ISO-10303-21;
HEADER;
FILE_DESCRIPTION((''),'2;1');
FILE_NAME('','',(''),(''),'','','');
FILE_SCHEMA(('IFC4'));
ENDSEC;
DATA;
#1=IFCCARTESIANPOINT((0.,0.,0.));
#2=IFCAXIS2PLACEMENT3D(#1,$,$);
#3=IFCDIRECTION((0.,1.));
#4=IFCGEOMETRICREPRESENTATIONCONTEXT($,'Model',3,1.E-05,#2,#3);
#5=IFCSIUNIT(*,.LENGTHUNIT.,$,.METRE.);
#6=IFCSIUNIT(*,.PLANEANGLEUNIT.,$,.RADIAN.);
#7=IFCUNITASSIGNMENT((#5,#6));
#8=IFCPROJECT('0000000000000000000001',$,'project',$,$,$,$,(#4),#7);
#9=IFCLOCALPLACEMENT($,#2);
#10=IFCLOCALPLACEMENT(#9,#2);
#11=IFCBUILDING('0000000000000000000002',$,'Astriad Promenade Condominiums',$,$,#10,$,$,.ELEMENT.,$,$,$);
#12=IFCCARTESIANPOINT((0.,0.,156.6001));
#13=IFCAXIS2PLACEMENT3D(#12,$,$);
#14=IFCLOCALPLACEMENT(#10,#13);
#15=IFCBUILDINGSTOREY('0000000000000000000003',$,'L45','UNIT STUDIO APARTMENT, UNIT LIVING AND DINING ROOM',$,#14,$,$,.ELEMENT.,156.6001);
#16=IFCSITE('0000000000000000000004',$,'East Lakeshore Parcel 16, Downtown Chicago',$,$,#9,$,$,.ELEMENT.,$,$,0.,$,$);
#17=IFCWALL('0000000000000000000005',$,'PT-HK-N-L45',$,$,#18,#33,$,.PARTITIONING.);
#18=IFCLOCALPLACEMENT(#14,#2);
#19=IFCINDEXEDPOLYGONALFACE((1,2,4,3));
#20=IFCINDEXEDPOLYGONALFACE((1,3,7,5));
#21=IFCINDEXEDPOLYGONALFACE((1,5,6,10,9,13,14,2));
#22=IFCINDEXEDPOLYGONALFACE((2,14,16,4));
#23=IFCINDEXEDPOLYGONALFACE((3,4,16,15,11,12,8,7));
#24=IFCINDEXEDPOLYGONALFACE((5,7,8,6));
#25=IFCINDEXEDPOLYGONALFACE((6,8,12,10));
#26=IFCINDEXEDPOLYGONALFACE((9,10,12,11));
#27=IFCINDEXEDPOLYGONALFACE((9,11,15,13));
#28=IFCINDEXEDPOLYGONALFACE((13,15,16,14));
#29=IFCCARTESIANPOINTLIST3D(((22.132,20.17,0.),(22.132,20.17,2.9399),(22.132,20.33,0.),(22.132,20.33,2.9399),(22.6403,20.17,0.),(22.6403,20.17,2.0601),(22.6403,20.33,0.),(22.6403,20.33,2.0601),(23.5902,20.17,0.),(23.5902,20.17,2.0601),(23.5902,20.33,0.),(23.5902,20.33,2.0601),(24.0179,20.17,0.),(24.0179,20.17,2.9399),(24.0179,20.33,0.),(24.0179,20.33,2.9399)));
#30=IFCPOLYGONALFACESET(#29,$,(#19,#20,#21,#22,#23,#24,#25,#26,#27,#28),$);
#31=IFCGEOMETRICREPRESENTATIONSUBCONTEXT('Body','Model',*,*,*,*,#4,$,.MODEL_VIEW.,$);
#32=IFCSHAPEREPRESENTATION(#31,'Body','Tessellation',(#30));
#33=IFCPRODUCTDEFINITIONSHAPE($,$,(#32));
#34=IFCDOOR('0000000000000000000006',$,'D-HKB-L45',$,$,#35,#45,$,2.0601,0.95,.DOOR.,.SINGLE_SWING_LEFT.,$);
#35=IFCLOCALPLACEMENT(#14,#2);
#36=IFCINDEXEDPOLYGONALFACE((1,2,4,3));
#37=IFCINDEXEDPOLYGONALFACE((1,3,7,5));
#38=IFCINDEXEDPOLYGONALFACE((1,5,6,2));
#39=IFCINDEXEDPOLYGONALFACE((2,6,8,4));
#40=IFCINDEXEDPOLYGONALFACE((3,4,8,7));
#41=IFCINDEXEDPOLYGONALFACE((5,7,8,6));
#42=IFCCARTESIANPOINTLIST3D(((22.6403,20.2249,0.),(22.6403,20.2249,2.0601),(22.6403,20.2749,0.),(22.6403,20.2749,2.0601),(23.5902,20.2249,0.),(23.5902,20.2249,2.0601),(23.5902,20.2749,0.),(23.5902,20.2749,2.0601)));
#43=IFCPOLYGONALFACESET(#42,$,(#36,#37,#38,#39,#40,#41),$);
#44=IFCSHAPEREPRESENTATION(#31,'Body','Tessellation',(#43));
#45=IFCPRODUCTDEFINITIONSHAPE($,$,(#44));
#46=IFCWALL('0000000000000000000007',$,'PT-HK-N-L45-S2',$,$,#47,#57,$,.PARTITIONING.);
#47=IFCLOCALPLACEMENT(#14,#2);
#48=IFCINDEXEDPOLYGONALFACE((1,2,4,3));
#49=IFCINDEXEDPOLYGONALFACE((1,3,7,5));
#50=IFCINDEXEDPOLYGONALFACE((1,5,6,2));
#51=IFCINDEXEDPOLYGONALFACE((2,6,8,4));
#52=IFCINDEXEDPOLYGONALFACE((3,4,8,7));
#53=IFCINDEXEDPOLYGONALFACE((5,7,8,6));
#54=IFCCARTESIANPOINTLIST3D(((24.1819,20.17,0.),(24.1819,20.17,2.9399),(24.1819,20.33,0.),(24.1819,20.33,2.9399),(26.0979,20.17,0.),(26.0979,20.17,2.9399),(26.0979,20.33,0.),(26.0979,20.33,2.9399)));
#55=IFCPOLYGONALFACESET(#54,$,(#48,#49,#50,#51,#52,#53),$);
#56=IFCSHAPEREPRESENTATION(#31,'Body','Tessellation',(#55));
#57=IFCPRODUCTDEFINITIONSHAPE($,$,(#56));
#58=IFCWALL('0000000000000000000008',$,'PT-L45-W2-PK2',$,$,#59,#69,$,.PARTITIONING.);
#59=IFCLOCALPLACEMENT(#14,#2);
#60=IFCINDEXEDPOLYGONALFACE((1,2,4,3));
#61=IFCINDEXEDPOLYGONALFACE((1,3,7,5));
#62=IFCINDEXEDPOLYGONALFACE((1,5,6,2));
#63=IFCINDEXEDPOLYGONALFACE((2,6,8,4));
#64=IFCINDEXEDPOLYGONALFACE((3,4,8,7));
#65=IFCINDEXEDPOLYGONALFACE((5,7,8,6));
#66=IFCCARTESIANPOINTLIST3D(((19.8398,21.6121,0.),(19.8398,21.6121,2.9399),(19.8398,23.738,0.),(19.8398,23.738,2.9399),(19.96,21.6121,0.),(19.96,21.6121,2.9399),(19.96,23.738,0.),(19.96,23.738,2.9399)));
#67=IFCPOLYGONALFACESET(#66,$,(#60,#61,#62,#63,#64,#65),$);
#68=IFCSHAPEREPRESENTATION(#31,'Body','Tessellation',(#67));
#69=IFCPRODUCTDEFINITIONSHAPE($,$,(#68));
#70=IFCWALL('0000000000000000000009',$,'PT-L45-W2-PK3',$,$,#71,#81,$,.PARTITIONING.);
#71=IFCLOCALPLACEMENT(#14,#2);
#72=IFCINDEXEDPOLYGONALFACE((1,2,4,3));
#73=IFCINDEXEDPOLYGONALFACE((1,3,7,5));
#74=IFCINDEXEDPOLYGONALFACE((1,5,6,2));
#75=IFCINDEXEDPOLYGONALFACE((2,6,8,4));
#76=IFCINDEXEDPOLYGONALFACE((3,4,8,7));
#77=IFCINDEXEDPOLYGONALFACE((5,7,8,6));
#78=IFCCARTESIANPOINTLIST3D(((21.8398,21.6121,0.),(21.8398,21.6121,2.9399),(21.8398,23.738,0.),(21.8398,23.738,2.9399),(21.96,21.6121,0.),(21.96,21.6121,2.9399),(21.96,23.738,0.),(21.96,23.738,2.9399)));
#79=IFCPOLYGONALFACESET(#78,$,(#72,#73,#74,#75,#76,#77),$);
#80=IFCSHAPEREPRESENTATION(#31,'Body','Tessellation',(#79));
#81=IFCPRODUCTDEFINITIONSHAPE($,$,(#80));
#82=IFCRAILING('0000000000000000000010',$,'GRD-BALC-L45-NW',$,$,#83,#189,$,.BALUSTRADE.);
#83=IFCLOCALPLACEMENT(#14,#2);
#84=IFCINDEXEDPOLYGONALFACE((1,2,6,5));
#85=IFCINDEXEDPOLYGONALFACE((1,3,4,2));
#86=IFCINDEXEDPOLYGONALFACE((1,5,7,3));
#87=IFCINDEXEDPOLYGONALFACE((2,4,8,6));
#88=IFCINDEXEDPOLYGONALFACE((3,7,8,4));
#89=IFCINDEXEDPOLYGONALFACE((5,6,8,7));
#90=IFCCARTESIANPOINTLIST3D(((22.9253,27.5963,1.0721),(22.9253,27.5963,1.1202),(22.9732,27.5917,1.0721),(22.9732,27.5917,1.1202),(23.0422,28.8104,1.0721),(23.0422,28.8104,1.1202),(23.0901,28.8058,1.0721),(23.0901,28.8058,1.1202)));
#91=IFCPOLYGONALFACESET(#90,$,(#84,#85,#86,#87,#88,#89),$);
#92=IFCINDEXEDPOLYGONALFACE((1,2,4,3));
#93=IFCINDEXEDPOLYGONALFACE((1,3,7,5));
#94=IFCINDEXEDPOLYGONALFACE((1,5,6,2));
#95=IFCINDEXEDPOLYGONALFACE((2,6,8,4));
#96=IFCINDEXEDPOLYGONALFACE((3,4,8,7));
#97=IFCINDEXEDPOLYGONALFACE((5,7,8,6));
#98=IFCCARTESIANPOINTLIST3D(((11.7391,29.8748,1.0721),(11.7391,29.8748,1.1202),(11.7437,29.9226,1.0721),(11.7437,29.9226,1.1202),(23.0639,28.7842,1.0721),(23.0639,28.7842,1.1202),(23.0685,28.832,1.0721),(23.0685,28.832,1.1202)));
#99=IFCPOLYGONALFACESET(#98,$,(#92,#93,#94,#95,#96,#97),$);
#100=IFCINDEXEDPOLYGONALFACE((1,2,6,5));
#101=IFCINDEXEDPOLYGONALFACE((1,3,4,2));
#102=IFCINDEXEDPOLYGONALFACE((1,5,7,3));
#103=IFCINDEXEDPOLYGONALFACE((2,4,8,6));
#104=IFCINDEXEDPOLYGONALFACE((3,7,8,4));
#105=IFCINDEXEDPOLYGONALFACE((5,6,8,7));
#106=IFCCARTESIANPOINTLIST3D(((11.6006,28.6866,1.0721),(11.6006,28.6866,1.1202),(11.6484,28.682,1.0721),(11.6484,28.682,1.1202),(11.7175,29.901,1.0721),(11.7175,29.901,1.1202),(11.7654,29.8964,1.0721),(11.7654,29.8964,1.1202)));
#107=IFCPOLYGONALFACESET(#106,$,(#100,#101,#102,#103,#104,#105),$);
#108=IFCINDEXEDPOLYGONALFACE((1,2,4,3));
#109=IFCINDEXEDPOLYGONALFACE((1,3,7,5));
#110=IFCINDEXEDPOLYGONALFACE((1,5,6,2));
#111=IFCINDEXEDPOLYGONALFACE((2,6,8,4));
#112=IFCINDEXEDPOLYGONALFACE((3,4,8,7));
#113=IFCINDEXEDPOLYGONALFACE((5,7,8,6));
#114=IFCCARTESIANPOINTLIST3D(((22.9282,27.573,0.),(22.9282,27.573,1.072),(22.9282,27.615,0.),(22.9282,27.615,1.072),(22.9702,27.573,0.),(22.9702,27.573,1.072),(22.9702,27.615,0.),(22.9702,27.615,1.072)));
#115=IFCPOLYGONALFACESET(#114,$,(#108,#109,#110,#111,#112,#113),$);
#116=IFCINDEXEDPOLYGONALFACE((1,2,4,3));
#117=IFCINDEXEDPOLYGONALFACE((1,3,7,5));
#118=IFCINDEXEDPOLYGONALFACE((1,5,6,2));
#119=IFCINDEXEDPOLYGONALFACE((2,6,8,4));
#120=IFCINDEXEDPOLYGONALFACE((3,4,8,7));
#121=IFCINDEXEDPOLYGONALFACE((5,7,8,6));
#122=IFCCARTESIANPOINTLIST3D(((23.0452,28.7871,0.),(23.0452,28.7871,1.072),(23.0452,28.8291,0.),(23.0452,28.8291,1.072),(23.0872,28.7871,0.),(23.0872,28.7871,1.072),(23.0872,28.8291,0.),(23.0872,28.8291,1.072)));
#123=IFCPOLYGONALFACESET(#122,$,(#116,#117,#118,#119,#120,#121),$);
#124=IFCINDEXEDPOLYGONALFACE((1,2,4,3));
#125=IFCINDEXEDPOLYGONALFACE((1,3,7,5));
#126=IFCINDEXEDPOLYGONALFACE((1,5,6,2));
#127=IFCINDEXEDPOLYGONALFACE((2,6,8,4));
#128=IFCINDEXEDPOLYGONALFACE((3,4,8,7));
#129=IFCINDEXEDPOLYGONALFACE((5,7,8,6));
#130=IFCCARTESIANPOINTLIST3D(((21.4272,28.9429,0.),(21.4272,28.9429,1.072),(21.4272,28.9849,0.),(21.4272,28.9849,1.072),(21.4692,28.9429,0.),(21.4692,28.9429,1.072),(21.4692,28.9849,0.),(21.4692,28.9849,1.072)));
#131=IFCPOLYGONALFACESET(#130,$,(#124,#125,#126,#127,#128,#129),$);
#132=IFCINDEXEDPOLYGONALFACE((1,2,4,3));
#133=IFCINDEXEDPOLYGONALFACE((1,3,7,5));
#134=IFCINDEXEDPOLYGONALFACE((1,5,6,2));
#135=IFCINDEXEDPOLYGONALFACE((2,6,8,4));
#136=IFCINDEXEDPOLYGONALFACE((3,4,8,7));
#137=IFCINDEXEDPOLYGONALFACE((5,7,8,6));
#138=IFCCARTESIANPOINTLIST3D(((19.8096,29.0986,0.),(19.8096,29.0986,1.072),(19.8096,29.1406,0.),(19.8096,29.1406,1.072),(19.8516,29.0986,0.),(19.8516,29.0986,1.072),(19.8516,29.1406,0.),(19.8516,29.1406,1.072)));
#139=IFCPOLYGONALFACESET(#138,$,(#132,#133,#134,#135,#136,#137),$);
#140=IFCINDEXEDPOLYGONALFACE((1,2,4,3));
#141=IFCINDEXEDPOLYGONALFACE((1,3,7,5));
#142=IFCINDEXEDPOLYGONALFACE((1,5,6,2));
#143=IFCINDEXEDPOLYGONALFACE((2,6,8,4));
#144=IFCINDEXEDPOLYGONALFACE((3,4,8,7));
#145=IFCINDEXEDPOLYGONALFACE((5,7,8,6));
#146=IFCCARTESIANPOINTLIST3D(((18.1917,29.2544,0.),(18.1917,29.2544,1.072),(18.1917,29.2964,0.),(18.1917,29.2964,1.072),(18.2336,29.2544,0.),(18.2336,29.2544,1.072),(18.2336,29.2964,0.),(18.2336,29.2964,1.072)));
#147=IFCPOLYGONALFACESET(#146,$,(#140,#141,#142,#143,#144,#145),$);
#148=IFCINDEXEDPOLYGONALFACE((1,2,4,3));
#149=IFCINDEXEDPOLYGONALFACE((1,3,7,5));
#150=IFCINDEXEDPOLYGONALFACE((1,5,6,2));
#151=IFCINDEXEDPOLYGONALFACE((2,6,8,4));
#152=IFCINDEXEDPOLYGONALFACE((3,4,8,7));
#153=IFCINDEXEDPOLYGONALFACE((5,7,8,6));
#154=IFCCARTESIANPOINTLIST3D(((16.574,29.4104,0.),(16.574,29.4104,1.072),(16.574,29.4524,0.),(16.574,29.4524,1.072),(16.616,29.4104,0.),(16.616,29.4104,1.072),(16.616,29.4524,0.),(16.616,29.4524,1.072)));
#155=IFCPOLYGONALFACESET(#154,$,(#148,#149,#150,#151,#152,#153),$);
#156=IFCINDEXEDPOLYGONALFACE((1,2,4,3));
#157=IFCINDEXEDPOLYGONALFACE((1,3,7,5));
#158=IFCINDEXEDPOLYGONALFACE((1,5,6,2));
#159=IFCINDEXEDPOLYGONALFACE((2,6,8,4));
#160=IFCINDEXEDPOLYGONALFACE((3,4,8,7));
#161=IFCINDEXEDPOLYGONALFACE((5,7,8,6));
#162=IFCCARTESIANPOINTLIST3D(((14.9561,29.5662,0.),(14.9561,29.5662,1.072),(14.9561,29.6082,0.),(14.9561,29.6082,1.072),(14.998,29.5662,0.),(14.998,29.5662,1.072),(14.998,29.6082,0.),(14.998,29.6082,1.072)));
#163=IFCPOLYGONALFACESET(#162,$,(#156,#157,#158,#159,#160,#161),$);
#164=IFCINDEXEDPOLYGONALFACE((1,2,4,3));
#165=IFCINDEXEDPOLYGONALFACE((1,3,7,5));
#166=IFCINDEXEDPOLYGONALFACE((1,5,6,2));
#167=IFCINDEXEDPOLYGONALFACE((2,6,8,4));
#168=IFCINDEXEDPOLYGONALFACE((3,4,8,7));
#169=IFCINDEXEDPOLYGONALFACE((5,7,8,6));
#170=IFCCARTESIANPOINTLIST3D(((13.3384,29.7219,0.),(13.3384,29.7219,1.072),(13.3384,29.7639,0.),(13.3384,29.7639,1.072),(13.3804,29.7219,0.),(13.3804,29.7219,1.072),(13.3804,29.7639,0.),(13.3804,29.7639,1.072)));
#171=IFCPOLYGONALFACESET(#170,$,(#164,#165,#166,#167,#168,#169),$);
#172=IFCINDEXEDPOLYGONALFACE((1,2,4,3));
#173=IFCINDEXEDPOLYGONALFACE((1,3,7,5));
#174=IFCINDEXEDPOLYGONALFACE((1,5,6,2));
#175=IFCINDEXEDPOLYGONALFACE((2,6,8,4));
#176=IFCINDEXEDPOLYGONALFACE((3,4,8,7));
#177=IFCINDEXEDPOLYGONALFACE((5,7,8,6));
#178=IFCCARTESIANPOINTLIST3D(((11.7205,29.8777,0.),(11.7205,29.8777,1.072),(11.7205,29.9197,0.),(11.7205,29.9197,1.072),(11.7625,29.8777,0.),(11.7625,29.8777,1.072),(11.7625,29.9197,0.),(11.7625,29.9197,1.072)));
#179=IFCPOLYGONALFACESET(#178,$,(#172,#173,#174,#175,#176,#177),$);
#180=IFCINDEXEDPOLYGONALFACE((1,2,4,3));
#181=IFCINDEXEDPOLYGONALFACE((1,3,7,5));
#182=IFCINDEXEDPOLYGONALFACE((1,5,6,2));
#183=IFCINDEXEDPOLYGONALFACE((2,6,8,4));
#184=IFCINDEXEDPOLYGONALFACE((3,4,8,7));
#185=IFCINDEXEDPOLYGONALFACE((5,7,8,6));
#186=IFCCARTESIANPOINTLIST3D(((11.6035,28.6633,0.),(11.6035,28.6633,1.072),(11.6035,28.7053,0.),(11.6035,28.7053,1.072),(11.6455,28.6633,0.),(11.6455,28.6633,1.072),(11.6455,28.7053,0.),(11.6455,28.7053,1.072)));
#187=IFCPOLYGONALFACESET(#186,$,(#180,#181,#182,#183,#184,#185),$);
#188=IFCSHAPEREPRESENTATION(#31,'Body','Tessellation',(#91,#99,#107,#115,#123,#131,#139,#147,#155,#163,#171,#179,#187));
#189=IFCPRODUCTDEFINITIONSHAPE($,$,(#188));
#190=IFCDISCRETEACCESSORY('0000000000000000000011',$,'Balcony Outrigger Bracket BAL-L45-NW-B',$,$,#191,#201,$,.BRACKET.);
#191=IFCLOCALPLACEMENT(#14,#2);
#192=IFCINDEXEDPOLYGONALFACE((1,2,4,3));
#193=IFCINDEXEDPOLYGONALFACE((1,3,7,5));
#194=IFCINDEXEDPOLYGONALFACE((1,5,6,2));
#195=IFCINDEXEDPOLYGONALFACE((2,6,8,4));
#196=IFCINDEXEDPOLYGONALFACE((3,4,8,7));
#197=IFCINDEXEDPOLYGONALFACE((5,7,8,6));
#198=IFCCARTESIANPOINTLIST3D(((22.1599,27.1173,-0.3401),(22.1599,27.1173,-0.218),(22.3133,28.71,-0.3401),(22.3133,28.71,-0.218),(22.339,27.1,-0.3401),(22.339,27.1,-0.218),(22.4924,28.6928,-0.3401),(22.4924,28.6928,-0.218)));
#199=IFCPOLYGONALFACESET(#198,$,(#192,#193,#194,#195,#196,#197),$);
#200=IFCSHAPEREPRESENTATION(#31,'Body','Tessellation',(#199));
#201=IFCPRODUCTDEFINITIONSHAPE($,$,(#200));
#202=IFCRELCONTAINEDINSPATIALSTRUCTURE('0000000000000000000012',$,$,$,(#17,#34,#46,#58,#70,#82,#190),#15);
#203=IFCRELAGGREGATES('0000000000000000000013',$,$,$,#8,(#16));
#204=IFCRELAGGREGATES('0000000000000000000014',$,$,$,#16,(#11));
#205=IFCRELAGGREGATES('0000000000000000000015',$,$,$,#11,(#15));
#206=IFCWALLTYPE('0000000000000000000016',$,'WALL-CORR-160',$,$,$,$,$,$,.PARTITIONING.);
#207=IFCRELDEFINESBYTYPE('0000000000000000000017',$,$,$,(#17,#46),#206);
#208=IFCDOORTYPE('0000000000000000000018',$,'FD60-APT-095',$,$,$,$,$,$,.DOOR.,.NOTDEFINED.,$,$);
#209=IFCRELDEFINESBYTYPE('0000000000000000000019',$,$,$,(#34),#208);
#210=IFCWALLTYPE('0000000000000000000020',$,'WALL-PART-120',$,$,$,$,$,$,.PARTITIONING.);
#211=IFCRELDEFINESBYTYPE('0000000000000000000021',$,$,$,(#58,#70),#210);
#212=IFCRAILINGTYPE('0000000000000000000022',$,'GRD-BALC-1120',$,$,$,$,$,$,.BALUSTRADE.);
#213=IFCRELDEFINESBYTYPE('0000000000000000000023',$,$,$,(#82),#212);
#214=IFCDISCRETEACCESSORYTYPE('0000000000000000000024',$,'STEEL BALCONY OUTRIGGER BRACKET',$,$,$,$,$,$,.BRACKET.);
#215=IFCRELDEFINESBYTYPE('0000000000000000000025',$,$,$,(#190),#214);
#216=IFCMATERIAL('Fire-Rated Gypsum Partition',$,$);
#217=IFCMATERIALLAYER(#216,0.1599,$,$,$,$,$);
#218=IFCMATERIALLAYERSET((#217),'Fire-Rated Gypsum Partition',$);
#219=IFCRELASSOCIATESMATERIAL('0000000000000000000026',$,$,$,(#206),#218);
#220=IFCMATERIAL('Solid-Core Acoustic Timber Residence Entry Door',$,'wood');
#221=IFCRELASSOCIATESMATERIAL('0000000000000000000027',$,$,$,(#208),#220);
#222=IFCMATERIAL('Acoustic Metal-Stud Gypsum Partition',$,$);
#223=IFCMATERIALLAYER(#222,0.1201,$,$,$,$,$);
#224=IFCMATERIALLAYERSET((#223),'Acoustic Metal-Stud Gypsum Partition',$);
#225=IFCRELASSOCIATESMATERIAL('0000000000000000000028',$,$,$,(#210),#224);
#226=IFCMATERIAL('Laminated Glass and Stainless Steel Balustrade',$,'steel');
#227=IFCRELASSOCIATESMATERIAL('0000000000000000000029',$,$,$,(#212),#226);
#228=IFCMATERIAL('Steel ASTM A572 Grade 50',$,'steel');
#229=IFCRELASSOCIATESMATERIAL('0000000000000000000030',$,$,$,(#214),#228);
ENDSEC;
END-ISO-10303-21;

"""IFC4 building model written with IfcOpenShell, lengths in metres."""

from ifc_helpers import new_model, si_unit, direction, frame, frame_2d, origin, origin_2d, place, context, subcontext, project, spatial, rectangle, extrude, source, transform, mapped, material, layer, layer_set, type_object, type_shapes, element, fill, save


model = new_model("IFC4")

# Units and contexts
model_context = context("Model", 3, precision=1e-05, world=origin(), true_north=direction((0.0, 1.0)))
body_context = subcontext(model_context, "Body", "Model", "MODEL_VIEW")
ifc_project = project(units=[si_unit("LENGTHUNIT", "METRE"), si_unit("PLANEANGLEUNIT", "RADIAN")], contexts=[model_context])

# Site, building, storey
site_placement = place(None, origin())
site = spatial("IfcSite", under=ifc_project, at=site_placement, Name="East Lakeshore Parcel 16, Downtown Chicago", CompositionType="ELEMENT", RefElevation=0.0)
building_placement = place(site_placement, origin())
building = spatial("IfcBuilding", under=site, at=building_placement, Name="Astriad Promenade Condominiums", CompositionType="ELEMENT")
storey_placement = place(building_placement, frame((0.0, 0.0, 156.6001)))
storey = spatial("IfcBuildingStorey", under=building, at=storey_placement, Name="L45", Description="UNIT STUDIO APARTMENT, UNIT LIVING AND DINING ROOM", CompositionType="ELEMENT", Elevation=156.6001)

# Wall, opening, door
ifc_material_1 = material(Name="Fire-Rated Gypsum Partition")
ifc_layer_1 = layer(ifc_material_1, 0.1599)
ifc_layer_set_1 = layer_set([ifc_layer_1], Name="Fire-Rated Gypsum Partition")
wall_type_1 = type_object("IfcWallType", Name="WALL-CORR-160", PredefinedType="PARTITIONING", material=ifc_layer_set_1)
wall_1_placement = place(storey_placement, frame((22.1321, 20.25, 0.0), z_axis=(0.0, 0.0, 1.0), x_axis=(1.0, 0.0, 0.0)))
wall_1 = element("IfcWall", 1, at=wall_1_placement, inside=storey, type_object=wall_type_1, Name="PT-HK-N-L45", PredefinedType="PARTITIONING", context=body_context, shape_type="SweptSolid", body=[
    extrude(rectangle(XDim=1.886, YDim=0.1599, at=frame_2d((0.9429, 0.0))), origin(), (0.0, 0.0, 1.0), 2.9399),
])
opening_1_placement = place(wall_1_placement, frame((0.5081, 0.0, 0.0)))
opening_1 = element("IfcOpeningElement", 2, at=opening_1_placement, cuts=wall_1, PredefinedType="OPENING", context=body_context, shape_type="SweptSolid", body=[
    extrude(rectangle(XDim=0.95, YDim=2.0601, at=frame_2d((0.4751, 1.03))), frame((0.0, 0.0898, 0.0), z_axis=(0.0, -1.0, 0.0), x_axis=(1.0, 0.0, 0.0)), (0.0, 0.0, 1.0), 0.1799),
])
ifc_material_2 = material(Name="Solid-Core Acoustic Timber Residence Entry Door", Category="wood")
door_type_1 = type_object("IfcDoorType", Name="FD60-APT-095", OperationType="NOTDEFINED", PredefinedType="DOOR", material=ifc_material_2)
shared_shape_1 = source(origin(), body_context, "Body", "SweptSolid", [
    extrude(rectangle(XDim=0.95, YDim=2.0601, at=frame_2d((0.4751, 1.03))), frame((0.0, 0.0249, 0.0), z_axis=(0.0, -1.0, 0.0), x_axis=(1.0, 0.0, 0.0)), (0.0, 0.0, 1.0), 0.05),
])
type_shapes(door_type_1, [shared_shape_1])
door_1_placement = place(opening_1_placement, origin())
door_1 = element("IfcDoor", 3, at=door_1_placement, inside=storey, type_object=door_type_1, Name="D-HKB-L45", OperationType="SINGLE_SWING_LEFT", OverallHeight=2.0601, OverallWidth=0.95, PredefinedType="DOOR", context=body_context, shape_type="MappedRepresentation", body=[
    mapped(shared_shape_1, transform((0.0, 0.0, 0.0), scale=1.0)),
])
fill(opening_1, door_1)

# Walls
wall_2_placement = place(storey_placement, frame((24.1819, 20.25, 0.0), z_axis=(0.0, 0.0, 1.0), x_axis=(1.0, 0.0, 0.0)))
element("IfcWall", 4, at=wall_2_placement, inside=storey, type_object=wall_type_1, Name="PT-HK-N-L45-S2", PredefinedType="PARTITIONING", context=body_context, shape_type="SweptSolid", body=[
    extrude(rectangle(XDim=1.916, YDim=0.1599, at=frame_2d((0.958, 0.0))), origin(), (0.0, 0.0, 1.0), 2.9399),
])
ifc_material_3 = material(Name="Acoustic Metal-Stud Gypsum Partition")
ifc_layer_2 = layer(ifc_material_3, 0.1201)
ifc_layer_set_2 = layer_set([ifc_layer_2], Name="Acoustic Metal-Stud Gypsum Partition")
wall_type_2 = type_object("IfcWallType", Name="WALL-PART-120", PredefinedType="PARTITIONING", material=ifc_layer_set_2)
for number, where, z_axis, x_axis, name in (
    (5, (19.8999, 21.6121, 0.0), (0.0, 0.0, 1.0), (0.0, 1.0, 0.0), "PT-L45-W2-PK2"),
    (6, (21.8999, 21.6121, 0.0), (0.0, 0.0, 1.0), (0.0, 1.0, 0.0), "PT-L45-W2-PK3"),
):
    element("IfcWall", number, at=place(storey_placement, frame(where, z_axis=z_axis, x_axis=x_axis)), inside=storey, type_object=wall_type_2, Name=name, PredefinedType="PARTITIONING", context=body_context, shape_type="SweptSolid", body=[
        extrude(rectangle(XDim=2.126, YDim=0.1201, at=frame_2d((1.063, 0.0))), origin(), (0.0, 0.0, 1.0), 2.9399),
    ])

# Railing
ifc_material_4 = material(Name="Laminated Glass and Stainless Steel Balustrade", Category="steel")
railing_type = type_object("IfcRailingType", Name="GRD-BALC-1120", PredefinedType="BALUSTRADE", material=ifc_material_4)
shared_shape_2 = source(origin(), body_context, "Body", "SweptSolid", [
    extrude(rectangle(XDim=0.0481, YDim=0.0481, at=origin_2d()), frame((0.0, 0.0, 1.0962), z_axis=(0.095876, 0.995393, 0.0), x_axis=(-0.995393, 0.095876, 0.0)), (0.0, 0.0, 1.0), 1.2197),
    extrude(rectangle(XDim=0.0481, YDim=0.0481, at=origin_2d()), frame((0.1169, 1.2141, 1.0962), z_axis=(-0.995395, 0.095857, 0.0), x_axis=(-0.095857, -0.995395, 0.0)), (0.0, 0.0, 1.0), 11.3772),
    extrude(rectangle(XDim=0.0481, YDim=0.0481, at=origin_2d()), frame((-11.2078, 2.3047, 1.0962), z_axis=(-0.095857, -0.995395, 0.0), x_axis=(0.995395, -0.095857, 0.0)), (0.0, 0.0, 1.0), 1.22),
    extrude(rectangle(XDim=0.042, YDim=0.042, at=origin_2d()), origin(), (0.0, 0.0, 1.0), 1.072),
    extrude(rectangle(XDim=0.042, YDim=0.042, at=origin_2d()), frame((0.1169, 1.2141, 0.0)), (0.0, 0.0, 1.0), 1.072),
    extrude(rectangle(XDim=0.042, YDim=0.042, at=origin_2d()), frame((-1.501, 1.3699, 0.0)), (0.0, 0.0, 1.0), 1.072),
    extrude(rectangle(XDim=0.042, YDim=0.042, at=origin_2d()), frame((-3.1187, 1.5256, 0.0)), (0.0, 0.0, 1.0), 1.072),
    extrude(rectangle(XDim=0.042, YDim=0.042, at=origin_2d()), frame((-4.7366, 1.6814, 0.0)), (0.0, 0.0, 1.0), 1.072),
    extrude(rectangle(XDim=0.042, YDim=0.042, at=origin_2d()), frame((-6.3542, 1.8374, 0.0)), (0.0, 0.0, 1.0), 1.072),
    extrude(rectangle(XDim=0.042, YDim=0.042, at=origin_2d()), frame((-7.9722, 1.9932, 0.0)), (0.0, 0.0, 1.0), 1.072),
    extrude(rectangle(XDim=0.042, YDim=0.042, at=origin_2d()), frame((-9.5898, 2.1489, 0.0)), (0.0, 0.0, 1.0), 1.072),
    extrude(rectangle(XDim=0.042, YDim=0.042, at=origin_2d()), frame((-11.2078, 2.3047, 0.0)), (0.0, 0.0, 1.0), 1.072),
    extrude(rectangle(XDim=0.042, YDim=0.042, at=origin_2d()), frame((-11.3247, 1.0903, 0.0)), (0.0, 0.0, 1.0), 1.072),
])
type_shapes(railing_type, [shared_shape_2])
railing_placement = place(storey_placement, frame((22.9492, 27.594, 0.0)))
element("IfcRailing", 7, at=railing_placement, inside=storey, type_object=railing_type, Name="GRD-BALC-L45-NW", PredefinedType="BALUSTRADE", context=body_context, shape_type="MappedRepresentation", body=[
    mapped(shared_shape_2, transform((0.0, 0.0, 0.0), scale=1.0)),
])

# Discrete accessory
ifc_material_5 = material(Name="Steel ASTM A572 Grade 50", Category="steel")
discrete_accessory_type = type_object("IfcDiscreteAccessoryType", Name="STEEL BALCONY OUTRIGGER BRACKET", PredefinedType="BRACKET", material=ifc_material_5)
shared_shape_3 = source(origin(), body_context, "Body", "SweptSolid", [
    extrude(rectangle(XDim=1.6001, YDim=0.1799, at=origin_2d()), origin(), (0.0, 0.0, 1.0), 0.1221),
])
type_shapes(discrete_accessory_type, [shared_shape_3])
discrete_accessory_placement = place(storey_placement, frame((22.3262, 27.905, -0.3401), z_axis=(0.0, 0.0, 1.0), x_axis=(0.095846, 0.995396, 0.0)))
element("IfcDiscreteAccessory", 8, at=discrete_accessory_placement, inside=storey, type_object=discrete_accessory_type, Name="Balcony Outrigger Bracket BAL-L45-NW-B", PredefinedType="BRACKET", context=body_context, shape_type="MappedRepresentation", body=[
    mapped(shared_shape_3, transform((0.0, 0.0, 0.0), scale=1.0)),
])

save(model, "model.ifc")
